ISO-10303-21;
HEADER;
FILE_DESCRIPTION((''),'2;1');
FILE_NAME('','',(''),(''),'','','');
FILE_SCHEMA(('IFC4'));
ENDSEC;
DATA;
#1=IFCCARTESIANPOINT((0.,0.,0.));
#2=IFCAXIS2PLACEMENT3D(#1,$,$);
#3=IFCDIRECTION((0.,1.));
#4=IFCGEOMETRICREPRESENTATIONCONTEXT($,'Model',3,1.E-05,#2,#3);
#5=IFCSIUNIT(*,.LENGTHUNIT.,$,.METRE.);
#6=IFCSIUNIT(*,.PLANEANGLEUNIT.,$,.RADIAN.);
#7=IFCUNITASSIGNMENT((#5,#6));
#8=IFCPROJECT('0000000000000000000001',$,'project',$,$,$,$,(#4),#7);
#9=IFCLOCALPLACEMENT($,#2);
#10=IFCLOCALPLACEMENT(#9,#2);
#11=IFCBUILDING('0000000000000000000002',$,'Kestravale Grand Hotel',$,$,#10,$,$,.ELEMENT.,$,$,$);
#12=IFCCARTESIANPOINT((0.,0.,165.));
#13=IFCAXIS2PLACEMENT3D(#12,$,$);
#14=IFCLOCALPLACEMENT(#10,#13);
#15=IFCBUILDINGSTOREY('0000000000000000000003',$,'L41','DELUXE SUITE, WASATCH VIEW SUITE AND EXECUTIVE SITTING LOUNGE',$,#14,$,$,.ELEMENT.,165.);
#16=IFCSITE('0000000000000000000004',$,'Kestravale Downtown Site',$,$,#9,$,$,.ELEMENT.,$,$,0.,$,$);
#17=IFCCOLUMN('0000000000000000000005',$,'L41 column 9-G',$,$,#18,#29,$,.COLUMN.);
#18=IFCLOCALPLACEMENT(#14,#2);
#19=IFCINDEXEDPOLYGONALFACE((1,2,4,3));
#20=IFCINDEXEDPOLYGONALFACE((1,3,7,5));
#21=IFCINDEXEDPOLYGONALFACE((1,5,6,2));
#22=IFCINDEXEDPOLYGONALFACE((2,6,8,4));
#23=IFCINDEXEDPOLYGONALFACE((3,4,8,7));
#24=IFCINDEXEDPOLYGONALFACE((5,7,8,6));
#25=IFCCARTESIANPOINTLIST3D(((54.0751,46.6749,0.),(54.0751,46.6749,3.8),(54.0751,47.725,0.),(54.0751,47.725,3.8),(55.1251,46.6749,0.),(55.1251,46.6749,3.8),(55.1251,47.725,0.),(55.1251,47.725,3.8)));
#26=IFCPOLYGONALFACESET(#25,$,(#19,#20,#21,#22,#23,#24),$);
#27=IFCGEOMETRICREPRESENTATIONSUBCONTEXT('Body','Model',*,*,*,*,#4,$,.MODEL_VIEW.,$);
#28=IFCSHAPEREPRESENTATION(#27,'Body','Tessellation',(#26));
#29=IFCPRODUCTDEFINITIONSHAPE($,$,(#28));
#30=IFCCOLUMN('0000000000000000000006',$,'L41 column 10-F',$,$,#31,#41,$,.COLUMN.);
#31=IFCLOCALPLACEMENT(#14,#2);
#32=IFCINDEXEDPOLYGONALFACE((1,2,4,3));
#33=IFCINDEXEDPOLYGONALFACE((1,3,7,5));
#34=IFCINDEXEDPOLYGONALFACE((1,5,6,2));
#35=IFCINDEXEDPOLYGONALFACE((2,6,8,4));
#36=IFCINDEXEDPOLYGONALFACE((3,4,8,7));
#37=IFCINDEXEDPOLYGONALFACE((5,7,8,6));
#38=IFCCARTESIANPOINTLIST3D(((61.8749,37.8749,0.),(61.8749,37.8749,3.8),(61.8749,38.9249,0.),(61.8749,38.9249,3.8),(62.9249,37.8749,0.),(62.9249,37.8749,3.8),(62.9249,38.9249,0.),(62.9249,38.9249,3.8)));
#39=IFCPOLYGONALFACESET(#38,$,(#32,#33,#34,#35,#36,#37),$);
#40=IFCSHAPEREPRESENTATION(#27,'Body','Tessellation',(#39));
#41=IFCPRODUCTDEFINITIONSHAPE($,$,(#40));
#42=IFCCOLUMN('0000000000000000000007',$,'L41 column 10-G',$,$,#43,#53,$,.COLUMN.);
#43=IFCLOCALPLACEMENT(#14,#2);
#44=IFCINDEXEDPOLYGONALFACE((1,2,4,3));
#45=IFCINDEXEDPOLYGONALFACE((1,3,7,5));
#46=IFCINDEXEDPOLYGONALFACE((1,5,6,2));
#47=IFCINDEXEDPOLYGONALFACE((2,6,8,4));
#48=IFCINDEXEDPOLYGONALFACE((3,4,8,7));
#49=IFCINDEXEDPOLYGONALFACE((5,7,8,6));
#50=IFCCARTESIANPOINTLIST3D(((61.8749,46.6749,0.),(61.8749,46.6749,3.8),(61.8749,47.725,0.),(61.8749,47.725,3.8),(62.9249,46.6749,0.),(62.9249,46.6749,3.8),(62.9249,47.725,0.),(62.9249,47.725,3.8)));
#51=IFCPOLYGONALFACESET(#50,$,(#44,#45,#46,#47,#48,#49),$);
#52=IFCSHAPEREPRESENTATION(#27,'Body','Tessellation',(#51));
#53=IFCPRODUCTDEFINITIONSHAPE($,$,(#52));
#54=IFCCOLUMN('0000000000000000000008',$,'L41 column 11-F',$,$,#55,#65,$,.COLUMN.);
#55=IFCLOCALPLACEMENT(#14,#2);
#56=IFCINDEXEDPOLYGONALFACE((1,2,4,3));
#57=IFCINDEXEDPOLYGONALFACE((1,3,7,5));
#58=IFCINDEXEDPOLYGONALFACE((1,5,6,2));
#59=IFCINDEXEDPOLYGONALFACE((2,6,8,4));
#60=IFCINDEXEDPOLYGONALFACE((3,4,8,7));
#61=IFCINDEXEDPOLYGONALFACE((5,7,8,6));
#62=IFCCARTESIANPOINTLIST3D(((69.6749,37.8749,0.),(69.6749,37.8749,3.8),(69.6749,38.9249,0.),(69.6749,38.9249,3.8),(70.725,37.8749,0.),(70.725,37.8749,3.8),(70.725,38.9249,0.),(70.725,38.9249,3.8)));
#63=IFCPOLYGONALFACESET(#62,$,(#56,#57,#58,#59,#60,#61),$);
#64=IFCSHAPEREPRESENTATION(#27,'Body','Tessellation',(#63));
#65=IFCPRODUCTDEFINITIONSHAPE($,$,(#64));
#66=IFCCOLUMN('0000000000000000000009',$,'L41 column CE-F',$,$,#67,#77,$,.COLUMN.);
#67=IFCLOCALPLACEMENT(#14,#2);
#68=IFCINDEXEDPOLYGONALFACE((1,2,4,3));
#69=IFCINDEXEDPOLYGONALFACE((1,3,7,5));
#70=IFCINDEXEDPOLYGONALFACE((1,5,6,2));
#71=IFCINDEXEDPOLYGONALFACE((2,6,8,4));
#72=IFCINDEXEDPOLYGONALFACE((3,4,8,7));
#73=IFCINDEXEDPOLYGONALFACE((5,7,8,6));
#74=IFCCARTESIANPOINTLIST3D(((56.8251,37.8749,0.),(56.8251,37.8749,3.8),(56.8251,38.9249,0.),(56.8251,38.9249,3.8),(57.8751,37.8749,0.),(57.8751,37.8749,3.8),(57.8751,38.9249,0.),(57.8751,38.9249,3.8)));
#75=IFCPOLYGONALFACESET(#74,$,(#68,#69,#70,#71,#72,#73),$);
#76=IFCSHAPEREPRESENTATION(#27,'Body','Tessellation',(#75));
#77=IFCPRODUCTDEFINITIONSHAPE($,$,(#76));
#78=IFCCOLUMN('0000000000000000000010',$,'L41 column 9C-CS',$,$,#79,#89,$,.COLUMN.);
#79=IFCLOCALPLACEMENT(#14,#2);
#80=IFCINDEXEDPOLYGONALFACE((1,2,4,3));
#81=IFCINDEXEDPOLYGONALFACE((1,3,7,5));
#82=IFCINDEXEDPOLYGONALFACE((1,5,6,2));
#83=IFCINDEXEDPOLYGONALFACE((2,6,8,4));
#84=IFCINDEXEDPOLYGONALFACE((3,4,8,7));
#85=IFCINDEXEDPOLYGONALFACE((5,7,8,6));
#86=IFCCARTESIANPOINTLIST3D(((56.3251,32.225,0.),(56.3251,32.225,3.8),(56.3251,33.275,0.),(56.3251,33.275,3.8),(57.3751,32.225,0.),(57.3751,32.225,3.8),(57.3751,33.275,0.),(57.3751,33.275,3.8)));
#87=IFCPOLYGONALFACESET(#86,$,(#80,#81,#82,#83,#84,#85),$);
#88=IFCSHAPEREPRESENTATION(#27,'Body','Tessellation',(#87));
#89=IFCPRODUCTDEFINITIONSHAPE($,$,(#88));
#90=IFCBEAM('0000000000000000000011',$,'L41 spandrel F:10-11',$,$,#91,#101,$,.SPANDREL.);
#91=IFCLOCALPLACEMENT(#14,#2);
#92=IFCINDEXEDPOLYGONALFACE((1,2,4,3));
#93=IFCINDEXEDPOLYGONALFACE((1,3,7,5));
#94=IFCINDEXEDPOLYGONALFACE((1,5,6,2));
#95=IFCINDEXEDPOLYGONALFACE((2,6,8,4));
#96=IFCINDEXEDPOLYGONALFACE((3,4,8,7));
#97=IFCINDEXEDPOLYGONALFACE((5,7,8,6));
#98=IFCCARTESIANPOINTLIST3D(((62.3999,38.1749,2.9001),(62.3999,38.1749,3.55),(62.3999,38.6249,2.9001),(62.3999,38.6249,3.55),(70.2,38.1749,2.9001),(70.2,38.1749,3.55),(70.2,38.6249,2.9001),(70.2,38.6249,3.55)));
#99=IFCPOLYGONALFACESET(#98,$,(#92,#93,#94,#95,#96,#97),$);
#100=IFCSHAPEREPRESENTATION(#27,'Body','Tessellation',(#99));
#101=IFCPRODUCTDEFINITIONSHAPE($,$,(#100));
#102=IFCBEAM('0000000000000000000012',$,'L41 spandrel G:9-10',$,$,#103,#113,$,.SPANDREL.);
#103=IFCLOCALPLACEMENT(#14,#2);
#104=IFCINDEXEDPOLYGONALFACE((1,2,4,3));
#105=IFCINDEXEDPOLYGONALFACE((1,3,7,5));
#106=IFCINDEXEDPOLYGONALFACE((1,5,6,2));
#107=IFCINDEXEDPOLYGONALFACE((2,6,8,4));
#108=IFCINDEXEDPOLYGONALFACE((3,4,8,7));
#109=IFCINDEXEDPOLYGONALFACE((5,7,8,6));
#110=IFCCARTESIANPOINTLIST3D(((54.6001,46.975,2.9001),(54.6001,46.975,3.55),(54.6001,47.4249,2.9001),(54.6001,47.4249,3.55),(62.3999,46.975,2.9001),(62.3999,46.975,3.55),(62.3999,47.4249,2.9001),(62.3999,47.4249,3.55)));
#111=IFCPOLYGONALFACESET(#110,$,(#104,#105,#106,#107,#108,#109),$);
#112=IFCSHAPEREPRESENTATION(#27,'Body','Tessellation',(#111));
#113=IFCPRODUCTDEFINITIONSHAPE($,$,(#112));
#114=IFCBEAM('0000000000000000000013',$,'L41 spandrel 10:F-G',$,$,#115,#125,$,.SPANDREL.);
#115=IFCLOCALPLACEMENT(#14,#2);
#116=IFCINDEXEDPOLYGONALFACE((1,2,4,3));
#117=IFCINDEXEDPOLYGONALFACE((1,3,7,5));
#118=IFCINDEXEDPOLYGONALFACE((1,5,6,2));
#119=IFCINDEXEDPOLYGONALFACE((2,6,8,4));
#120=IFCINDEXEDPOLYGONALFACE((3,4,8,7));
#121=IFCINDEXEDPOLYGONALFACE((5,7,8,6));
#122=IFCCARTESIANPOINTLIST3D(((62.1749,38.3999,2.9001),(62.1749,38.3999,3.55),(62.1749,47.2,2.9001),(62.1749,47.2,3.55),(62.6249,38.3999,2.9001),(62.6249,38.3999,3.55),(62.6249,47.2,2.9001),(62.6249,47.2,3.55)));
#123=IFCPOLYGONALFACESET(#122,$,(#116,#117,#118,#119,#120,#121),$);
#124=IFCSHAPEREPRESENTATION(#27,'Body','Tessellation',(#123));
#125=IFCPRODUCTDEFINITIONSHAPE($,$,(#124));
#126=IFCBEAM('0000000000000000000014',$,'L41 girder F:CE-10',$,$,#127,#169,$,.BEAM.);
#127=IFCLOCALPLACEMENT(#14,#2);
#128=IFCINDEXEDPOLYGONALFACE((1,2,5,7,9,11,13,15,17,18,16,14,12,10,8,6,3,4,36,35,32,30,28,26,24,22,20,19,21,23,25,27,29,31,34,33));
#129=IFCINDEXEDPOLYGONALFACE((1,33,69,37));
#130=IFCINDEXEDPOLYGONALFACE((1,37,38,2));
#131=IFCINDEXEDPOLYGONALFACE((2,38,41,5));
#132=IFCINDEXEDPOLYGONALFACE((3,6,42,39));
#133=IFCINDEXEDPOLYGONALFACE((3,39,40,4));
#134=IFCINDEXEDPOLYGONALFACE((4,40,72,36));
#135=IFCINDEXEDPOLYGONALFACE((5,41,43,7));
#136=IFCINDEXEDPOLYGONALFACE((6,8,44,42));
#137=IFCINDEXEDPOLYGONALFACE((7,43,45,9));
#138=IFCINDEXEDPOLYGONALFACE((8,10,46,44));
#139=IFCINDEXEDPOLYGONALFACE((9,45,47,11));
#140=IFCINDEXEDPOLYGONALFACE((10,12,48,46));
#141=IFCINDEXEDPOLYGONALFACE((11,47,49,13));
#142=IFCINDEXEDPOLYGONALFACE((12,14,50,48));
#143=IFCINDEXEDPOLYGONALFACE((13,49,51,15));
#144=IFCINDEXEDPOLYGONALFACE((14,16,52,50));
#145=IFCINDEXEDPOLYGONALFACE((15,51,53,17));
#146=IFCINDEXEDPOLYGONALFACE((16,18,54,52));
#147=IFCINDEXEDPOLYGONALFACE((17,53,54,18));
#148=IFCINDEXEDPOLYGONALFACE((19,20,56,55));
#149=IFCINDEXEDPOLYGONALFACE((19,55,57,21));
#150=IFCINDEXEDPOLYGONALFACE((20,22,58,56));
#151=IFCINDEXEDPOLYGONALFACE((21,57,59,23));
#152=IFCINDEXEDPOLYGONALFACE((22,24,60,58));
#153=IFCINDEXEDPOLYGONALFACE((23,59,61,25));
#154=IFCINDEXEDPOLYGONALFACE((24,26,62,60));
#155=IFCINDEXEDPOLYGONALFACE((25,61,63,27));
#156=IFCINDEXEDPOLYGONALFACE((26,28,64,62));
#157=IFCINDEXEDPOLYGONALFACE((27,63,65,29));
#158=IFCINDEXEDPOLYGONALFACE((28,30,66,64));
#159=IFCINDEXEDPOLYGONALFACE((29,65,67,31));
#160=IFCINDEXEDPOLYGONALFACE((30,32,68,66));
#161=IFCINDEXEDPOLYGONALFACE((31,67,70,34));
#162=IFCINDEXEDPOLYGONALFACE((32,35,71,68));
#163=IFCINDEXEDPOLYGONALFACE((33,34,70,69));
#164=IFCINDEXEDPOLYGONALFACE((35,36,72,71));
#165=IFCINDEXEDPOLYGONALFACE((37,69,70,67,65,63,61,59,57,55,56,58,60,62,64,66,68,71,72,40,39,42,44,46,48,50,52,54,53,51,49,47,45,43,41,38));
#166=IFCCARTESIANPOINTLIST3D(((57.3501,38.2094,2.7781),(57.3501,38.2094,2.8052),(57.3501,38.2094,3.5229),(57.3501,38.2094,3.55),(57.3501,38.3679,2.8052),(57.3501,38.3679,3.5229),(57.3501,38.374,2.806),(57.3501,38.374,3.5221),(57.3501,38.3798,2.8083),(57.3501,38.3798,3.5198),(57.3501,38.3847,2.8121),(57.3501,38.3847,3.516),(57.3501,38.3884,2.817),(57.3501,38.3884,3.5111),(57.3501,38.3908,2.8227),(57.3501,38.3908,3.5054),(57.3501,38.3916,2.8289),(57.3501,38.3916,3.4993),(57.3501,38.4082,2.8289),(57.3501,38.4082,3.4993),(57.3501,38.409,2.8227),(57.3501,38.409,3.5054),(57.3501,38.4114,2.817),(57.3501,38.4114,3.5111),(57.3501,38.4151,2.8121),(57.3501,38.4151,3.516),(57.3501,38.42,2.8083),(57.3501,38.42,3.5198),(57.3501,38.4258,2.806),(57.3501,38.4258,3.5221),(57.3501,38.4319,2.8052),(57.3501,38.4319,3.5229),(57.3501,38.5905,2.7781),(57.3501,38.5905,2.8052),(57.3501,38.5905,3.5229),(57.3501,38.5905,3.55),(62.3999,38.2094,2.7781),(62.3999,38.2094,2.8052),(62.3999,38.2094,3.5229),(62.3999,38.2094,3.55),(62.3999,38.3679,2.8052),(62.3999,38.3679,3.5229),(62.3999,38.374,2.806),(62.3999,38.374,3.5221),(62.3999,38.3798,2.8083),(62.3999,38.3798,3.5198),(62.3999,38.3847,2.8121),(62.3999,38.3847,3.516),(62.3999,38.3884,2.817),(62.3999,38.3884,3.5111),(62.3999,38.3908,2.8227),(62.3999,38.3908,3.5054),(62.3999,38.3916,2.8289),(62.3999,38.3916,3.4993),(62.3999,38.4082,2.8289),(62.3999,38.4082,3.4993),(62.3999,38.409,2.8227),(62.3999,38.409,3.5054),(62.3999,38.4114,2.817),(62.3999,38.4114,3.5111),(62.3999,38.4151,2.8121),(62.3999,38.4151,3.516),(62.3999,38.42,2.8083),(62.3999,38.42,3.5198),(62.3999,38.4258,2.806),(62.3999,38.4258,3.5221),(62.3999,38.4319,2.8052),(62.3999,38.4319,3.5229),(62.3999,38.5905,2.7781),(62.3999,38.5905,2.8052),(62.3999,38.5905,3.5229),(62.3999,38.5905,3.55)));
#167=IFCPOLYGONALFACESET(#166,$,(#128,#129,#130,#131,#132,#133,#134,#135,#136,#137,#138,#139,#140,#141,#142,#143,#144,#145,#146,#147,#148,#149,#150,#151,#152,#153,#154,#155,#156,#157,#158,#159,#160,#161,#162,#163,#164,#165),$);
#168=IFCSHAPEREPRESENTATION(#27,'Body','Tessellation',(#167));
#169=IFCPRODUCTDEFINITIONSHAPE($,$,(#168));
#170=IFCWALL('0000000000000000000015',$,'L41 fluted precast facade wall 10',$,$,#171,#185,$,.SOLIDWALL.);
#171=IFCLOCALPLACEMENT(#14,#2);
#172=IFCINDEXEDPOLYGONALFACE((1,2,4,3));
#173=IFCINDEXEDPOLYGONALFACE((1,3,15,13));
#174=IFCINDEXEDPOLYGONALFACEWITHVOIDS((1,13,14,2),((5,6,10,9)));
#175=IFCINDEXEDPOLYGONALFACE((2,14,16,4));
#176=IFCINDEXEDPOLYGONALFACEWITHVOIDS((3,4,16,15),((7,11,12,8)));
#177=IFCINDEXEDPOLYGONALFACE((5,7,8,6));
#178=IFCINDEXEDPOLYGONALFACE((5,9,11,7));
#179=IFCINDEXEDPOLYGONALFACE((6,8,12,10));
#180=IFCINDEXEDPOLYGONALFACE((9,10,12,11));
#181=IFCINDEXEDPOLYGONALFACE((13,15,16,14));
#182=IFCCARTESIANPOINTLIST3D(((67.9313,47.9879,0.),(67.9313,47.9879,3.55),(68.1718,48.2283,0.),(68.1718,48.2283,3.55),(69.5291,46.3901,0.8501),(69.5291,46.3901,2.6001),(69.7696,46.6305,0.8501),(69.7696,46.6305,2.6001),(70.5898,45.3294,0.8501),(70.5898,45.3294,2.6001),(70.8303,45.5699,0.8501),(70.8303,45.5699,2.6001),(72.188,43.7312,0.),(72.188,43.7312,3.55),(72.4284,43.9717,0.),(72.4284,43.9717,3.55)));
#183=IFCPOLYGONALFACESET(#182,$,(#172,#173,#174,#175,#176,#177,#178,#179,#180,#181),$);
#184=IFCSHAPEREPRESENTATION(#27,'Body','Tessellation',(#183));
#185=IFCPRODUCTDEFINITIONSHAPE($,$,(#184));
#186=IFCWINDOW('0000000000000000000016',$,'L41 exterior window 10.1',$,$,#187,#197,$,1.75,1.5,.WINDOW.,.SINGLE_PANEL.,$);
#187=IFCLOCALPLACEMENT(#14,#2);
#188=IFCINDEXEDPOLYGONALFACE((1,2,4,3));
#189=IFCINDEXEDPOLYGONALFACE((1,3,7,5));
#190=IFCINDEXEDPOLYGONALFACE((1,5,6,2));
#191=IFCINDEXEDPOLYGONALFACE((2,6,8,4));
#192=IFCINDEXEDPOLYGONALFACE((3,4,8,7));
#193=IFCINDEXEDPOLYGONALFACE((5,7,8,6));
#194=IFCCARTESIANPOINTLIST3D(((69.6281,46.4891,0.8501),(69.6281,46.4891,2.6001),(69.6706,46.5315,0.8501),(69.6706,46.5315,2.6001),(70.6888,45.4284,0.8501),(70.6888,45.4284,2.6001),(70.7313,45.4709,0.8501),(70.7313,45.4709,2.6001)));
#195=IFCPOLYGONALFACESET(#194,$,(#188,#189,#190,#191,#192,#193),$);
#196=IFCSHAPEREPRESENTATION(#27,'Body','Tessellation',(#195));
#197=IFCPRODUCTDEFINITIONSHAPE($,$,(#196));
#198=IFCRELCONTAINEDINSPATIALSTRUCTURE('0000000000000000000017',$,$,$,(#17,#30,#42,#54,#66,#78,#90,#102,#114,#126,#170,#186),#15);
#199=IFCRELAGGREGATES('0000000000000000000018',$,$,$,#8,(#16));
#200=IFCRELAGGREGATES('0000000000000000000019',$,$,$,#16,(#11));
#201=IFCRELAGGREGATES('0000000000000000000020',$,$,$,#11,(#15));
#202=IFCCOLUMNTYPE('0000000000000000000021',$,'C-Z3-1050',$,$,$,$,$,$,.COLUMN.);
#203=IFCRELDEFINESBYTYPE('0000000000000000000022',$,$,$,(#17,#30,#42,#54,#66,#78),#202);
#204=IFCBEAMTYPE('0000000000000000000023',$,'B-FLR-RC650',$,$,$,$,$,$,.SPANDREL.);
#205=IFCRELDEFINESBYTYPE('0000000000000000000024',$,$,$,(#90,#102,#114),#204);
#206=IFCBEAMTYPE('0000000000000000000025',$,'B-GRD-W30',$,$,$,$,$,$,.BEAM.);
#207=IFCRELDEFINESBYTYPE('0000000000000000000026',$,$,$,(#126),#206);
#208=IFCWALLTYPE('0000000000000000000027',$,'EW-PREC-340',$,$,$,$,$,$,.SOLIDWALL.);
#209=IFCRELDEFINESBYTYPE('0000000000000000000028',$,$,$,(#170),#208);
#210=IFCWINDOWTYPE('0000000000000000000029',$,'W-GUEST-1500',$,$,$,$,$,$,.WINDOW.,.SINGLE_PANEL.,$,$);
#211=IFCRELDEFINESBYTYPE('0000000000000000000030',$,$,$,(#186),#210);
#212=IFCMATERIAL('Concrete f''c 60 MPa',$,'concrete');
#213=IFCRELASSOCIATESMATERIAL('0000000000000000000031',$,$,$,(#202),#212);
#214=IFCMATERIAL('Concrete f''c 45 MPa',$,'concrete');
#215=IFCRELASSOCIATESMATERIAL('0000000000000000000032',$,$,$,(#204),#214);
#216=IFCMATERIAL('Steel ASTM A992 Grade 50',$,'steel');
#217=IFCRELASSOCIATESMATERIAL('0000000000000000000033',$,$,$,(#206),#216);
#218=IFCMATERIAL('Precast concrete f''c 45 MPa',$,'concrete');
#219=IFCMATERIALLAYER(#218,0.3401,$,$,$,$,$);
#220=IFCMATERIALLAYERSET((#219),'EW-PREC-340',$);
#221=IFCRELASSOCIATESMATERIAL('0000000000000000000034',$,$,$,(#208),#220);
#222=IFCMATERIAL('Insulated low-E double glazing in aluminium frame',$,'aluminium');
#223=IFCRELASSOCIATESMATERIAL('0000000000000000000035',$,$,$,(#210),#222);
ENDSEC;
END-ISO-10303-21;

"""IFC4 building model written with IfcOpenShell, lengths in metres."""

from ifc_helpers import new_model, si_unit, direction, frame, frame_2d, origin, origin_2d, place, context, subcontext, project, spatial, rectangle, i_section, extrude, material, layer, layer_set, material_profile, profile_set, type_object, element, fill, save


model = new_model("IFC4")

# Units and contexts
model_context = context("Model", 3, precision=1e-05, world=origin(), true_north=direction((0.0, 1.0)))
body_context = subcontext(model_context, "Body", "Model", "MODEL_VIEW")
ifc_project = project(units=[si_unit("LENGTHUNIT", "METRE"), si_unit("PLANEANGLEUNIT", "RADIAN")], contexts=[model_context])

# Site, building, storey
site_placement = place(None, origin())
site = spatial("IfcSite", under=ifc_project, at=site_placement, Name="Kestravale Downtown Site", CompositionType="ELEMENT", RefElevation=0.0)
building_placement = place(site_placement, origin())
building = spatial("IfcBuilding", under=site, at=building_placement, Name="Kestravale Grand Hotel", CompositionType="ELEMENT")
storey_placement = place(building_placement, frame((0.0, 0.0, 165.0)))
storey = spatial("IfcBuildingStorey", under=building, at=storey_placement, Name="L41", Description="DELUXE SUITE, WASATCH VIEW SUITE AND EXECUTIVE SITTING LOUNGE", CompositionType="ELEMENT", Elevation=165.0)

# Columns
ifc_material_1 = material(Name="Concrete f'c 60 MPa", Category="concrete")
ifc_material_profile_1 = material_profile(ifc_material_1, rectangle(XDim=1.05, YDim=1.05, at=origin_2d()))
ifc_profile_set_1 = profile_set([ifc_material_profile_1], Name="Concrete f'c 60 MPa")
column_type = type_object("IfcColumnType", Name="C-Z3-1050", PredefinedType="COLUMN", material=ifc_profile_set_1)
for number, where, z_axis, x_axis, name in (
    (1, (54.6001, 47.2, 0.0), (0.0, 0.0, 1.0), (1.0, 0.0, 0.0), "L41 column 9-G"),
    (2, (62.3999, 38.3999, 0.0), (0.0, 0.0, 1.0), (1.0, 0.0, 0.0), "L41 column 10-F"),
    (3, (62.3999, 47.2, 0.0), (0.0, 0.0, 1.0), (1.0, 0.0, 0.0), "L41 column 10-G"),
    (4, (70.2, 38.3999, 0.0), (0.0, 0.0, 1.0), (1.0, 0.0, 0.0), "L41 column 11-F"),
    (5, (57.3501, 38.3999, 0.0), (0.0, 0.0, 1.0), (1.0, 0.0, 0.0), "L41 column CE-F"),
    (6, (56.8501, 32.75, 0.0), (0.0, 0.0, 1.0), (1.0, 0.0, 0.0), "L41 column 9C-CS"),
):
    element("IfcColumn", number, at=place(storey_placement, frame(where, z_axis=z_axis, x_axis=x_axis)), inside=storey, type_object=column_type, Name=name, PredefinedType="COLUMN", context=body_context, shape_type="SweptSolid", body=[
        extrude(rectangle(XDim=1.05, YDim=1.05, at=origin_2d()), origin(), (0.0, 0.0, 1.0), 3.8),
    ])

# Beams
ifc_material_2 = material(Name="Concrete f'c 45 MPa", Category="concrete")
ifc_material_profile_2 = material_profile(ifc_material_2, rectangle(XDim=0.45, YDim=0.6499, at=origin_2d()))
ifc_profile_set_2 = profile_set([ifc_material_profile_2], Name="Concrete f'c 45 MPa")
beam_type_1 = type_object("IfcBeamType", Name="B-FLR-RC650", PredefinedType="SPANDREL", material=ifc_profile_set_2)
beam_1_placement = place(storey_placement, frame((62.3999, 38.3999, 3.2251), z_axis=(1.0, 0.0, 0.0), x_axis=(0.0, 1.0, 0.0)))
element("IfcBeam", 7, at=beam_1_placement, inside=storey, type_object=beam_type_1, Name="L41 spandrel F:10-11", PredefinedType="SPANDREL", context=body_context, shape_type="SweptSolid", body=[
    extrude(rectangle(XDim=0.45, YDim=0.6499, at=origin_2d()), origin(), (0.0, 0.0, 1.0), 7.8),
])
beam_2_placement = place(storey_placement, frame((54.6001, 47.2, 3.2251), z_axis=(1.0, 0.0, 0.0), x_axis=(0.0, 1.0, 0.0)))
element("IfcBeam", 8, at=beam_2_placement, inside=storey, type_object=beam_type_1, Name="L41 spandrel G:9-10", PredefinedType="SPANDREL", context=body_context, shape_type="SweptSolid", body=[
    extrude(rectangle(XDim=0.45, YDim=0.6499, at=origin_2d()), origin(), (0.0, 0.0, 1.0), 7.7998),
])
beam_3_placement = place(storey_placement, frame((62.3999, 38.3999, 3.2251), z_axis=(0.0, 1.0, 0.0), x_axis=(-1.0, 0.0, 0.0)))
element("IfcBeam", 9, at=beam_3_placement, inside=storey, type_object=beam_type_1, Name="L41 spandrel 10:F-G", PredefinedType="SPANDREL", context=body_context, shape_type="SweptSolid", body=[
    extrude(rectangle(XDim=0.45, YDim=0.6499, at=origin_2d()), origin(), (0.0, 0.0, 1.0), 8.8),
])
ifc_material_3 = material(Name="Steel ASTM A992 Grade 50", Category="steel")
ifc_material_profile_3 = material_profile(ifc_material_3, i_section(OverallWidth=0.3811, OverallDepth=0.772, WebThickness=0.0166, FlangeThickness=0.0271, FilletRadius=0.0237, at=origin_2d()))
ifc_profile_set_3 = profile_set([ifc_material_profile_3], Name="Steel ASTM A992 Grade 50")
beam_type_2 = type_object("IfcBeamType", Name="B-GRD-W30", PredefinedType="BEAM", material=ifc_profile_set_3)
beam_4_placement = place(storey_placement, frame((57.3501, 38.3999, 3.1641), z_axis=(1.0, 0.0, 0.0), x_axis=(0.0, 1.0, 0.0)))
element("IfcBeam", 10, at=beam_4_placement, inside=storey, type_object=beam_type_2, Name="L41 girder F:CE-10", PredefinedType="BEAM", context=body_context, shape_type="SweptSolid", body=[
    extrude(i_section(OverallWidth=0.3811, OverallDepth=0.772, WebThickness=0.0166, FlangeThickness=0.0271, FilletRadius=0.0237, at=origin_2d()), origin(), (0.0, 0.0, 1.0), 5.0498),
])

# Wall, opening, window
ifc_material_4 = material(Name="Precast concrete f'c 45 MPa", Category="concrete")
ifc_layer_1 = layer(ifc_material_4, 0.3401)
ifc_layer_set_1 = layer_set([ifc_layer_1], Name="EW-PREC-340")
wall_type_1 = type_object("IfcWallType", Name="EW-PREC-340", PredefinedType="SOLIDWALL", material=ifc_layer_set_1)
wall_1_placement = place(storey_placement, frame((72.3081, 43.8516, 0.0), z_axis=(0.0, 0.0, 1.0), x_axis=(-0.707107, 0.707107, 0.0)))
wall_1 = element("IfcWall", 11, at=wall_1_placement, inside=storey, type_object=wall_type_1, Name="L41 fluted precast facade wall 10", PredefinedType="SOLIDWALL", context=body_context, shape_type="SweptSolid", body=[
    extrude(rectangle(XDim=6.0198, YDim=0.3401, at=frame_2d((3.0098, 0.0))), origin(), (0.0, 0.0, 1.0), 3.55),
])
opening_1_placement = place(wall_1_placement, frame((2.26, 0.0, 0.8501)))
opening_1 = element("IfcOpeningElement", 12, at=opening_1_placement, cuts=wall_1, PredefinedType="OPENING", context=body_context, shape_type="SweptSolid", body=[
    extrude(rectangle(XDim=1.5, YDim=1.75, at=frame_2d((0.75, 0.875))), frame((0.0, 0.1799, 0.0), z_axis=(0.0, -1.0, 0.0), x_axis=(1.0, 0.0, 0.0)), (0.0, 0.0, 1.0), 0.3601),
])
ifc_material_5 = material(Name="Insulated low-E double glazing in aluminium frame", Category="aluminium")
window_type = type_object("IfcWindowType", Name="W-GUEST-1500", PartitioningType="SINGLE_PANEL", PredefinedType="WINDOW", material=ifc_material_5)
window_1_placement = place(opening_1_placement, origin())
window_1 = element("IfcWindow", 13, at=window_1_placement, inside=storey, type_object=window_type, Name="L41 exterior window 10.1", OverallHeight=1.75, OverallWidth=1.5, PartitioningType="SINGLE_PANEL", PredefinedType="WINDOW", context=body_context, shape_type="SweptSolid", body=[
    extrude(rectangle(XDim=1.5, YDim=1.75, at=frame_2d((0.75, 0.875))), frame((0.0, 0.03, 0.0), z_axis=(0.0, -1.0, 0.0), x_axis=(1.0, 0.0, 0.0)), (0.0, 0.0, 1.0), 0.0601),
])
fill(opening_1, window_1)

save(model, "model.ifc")
